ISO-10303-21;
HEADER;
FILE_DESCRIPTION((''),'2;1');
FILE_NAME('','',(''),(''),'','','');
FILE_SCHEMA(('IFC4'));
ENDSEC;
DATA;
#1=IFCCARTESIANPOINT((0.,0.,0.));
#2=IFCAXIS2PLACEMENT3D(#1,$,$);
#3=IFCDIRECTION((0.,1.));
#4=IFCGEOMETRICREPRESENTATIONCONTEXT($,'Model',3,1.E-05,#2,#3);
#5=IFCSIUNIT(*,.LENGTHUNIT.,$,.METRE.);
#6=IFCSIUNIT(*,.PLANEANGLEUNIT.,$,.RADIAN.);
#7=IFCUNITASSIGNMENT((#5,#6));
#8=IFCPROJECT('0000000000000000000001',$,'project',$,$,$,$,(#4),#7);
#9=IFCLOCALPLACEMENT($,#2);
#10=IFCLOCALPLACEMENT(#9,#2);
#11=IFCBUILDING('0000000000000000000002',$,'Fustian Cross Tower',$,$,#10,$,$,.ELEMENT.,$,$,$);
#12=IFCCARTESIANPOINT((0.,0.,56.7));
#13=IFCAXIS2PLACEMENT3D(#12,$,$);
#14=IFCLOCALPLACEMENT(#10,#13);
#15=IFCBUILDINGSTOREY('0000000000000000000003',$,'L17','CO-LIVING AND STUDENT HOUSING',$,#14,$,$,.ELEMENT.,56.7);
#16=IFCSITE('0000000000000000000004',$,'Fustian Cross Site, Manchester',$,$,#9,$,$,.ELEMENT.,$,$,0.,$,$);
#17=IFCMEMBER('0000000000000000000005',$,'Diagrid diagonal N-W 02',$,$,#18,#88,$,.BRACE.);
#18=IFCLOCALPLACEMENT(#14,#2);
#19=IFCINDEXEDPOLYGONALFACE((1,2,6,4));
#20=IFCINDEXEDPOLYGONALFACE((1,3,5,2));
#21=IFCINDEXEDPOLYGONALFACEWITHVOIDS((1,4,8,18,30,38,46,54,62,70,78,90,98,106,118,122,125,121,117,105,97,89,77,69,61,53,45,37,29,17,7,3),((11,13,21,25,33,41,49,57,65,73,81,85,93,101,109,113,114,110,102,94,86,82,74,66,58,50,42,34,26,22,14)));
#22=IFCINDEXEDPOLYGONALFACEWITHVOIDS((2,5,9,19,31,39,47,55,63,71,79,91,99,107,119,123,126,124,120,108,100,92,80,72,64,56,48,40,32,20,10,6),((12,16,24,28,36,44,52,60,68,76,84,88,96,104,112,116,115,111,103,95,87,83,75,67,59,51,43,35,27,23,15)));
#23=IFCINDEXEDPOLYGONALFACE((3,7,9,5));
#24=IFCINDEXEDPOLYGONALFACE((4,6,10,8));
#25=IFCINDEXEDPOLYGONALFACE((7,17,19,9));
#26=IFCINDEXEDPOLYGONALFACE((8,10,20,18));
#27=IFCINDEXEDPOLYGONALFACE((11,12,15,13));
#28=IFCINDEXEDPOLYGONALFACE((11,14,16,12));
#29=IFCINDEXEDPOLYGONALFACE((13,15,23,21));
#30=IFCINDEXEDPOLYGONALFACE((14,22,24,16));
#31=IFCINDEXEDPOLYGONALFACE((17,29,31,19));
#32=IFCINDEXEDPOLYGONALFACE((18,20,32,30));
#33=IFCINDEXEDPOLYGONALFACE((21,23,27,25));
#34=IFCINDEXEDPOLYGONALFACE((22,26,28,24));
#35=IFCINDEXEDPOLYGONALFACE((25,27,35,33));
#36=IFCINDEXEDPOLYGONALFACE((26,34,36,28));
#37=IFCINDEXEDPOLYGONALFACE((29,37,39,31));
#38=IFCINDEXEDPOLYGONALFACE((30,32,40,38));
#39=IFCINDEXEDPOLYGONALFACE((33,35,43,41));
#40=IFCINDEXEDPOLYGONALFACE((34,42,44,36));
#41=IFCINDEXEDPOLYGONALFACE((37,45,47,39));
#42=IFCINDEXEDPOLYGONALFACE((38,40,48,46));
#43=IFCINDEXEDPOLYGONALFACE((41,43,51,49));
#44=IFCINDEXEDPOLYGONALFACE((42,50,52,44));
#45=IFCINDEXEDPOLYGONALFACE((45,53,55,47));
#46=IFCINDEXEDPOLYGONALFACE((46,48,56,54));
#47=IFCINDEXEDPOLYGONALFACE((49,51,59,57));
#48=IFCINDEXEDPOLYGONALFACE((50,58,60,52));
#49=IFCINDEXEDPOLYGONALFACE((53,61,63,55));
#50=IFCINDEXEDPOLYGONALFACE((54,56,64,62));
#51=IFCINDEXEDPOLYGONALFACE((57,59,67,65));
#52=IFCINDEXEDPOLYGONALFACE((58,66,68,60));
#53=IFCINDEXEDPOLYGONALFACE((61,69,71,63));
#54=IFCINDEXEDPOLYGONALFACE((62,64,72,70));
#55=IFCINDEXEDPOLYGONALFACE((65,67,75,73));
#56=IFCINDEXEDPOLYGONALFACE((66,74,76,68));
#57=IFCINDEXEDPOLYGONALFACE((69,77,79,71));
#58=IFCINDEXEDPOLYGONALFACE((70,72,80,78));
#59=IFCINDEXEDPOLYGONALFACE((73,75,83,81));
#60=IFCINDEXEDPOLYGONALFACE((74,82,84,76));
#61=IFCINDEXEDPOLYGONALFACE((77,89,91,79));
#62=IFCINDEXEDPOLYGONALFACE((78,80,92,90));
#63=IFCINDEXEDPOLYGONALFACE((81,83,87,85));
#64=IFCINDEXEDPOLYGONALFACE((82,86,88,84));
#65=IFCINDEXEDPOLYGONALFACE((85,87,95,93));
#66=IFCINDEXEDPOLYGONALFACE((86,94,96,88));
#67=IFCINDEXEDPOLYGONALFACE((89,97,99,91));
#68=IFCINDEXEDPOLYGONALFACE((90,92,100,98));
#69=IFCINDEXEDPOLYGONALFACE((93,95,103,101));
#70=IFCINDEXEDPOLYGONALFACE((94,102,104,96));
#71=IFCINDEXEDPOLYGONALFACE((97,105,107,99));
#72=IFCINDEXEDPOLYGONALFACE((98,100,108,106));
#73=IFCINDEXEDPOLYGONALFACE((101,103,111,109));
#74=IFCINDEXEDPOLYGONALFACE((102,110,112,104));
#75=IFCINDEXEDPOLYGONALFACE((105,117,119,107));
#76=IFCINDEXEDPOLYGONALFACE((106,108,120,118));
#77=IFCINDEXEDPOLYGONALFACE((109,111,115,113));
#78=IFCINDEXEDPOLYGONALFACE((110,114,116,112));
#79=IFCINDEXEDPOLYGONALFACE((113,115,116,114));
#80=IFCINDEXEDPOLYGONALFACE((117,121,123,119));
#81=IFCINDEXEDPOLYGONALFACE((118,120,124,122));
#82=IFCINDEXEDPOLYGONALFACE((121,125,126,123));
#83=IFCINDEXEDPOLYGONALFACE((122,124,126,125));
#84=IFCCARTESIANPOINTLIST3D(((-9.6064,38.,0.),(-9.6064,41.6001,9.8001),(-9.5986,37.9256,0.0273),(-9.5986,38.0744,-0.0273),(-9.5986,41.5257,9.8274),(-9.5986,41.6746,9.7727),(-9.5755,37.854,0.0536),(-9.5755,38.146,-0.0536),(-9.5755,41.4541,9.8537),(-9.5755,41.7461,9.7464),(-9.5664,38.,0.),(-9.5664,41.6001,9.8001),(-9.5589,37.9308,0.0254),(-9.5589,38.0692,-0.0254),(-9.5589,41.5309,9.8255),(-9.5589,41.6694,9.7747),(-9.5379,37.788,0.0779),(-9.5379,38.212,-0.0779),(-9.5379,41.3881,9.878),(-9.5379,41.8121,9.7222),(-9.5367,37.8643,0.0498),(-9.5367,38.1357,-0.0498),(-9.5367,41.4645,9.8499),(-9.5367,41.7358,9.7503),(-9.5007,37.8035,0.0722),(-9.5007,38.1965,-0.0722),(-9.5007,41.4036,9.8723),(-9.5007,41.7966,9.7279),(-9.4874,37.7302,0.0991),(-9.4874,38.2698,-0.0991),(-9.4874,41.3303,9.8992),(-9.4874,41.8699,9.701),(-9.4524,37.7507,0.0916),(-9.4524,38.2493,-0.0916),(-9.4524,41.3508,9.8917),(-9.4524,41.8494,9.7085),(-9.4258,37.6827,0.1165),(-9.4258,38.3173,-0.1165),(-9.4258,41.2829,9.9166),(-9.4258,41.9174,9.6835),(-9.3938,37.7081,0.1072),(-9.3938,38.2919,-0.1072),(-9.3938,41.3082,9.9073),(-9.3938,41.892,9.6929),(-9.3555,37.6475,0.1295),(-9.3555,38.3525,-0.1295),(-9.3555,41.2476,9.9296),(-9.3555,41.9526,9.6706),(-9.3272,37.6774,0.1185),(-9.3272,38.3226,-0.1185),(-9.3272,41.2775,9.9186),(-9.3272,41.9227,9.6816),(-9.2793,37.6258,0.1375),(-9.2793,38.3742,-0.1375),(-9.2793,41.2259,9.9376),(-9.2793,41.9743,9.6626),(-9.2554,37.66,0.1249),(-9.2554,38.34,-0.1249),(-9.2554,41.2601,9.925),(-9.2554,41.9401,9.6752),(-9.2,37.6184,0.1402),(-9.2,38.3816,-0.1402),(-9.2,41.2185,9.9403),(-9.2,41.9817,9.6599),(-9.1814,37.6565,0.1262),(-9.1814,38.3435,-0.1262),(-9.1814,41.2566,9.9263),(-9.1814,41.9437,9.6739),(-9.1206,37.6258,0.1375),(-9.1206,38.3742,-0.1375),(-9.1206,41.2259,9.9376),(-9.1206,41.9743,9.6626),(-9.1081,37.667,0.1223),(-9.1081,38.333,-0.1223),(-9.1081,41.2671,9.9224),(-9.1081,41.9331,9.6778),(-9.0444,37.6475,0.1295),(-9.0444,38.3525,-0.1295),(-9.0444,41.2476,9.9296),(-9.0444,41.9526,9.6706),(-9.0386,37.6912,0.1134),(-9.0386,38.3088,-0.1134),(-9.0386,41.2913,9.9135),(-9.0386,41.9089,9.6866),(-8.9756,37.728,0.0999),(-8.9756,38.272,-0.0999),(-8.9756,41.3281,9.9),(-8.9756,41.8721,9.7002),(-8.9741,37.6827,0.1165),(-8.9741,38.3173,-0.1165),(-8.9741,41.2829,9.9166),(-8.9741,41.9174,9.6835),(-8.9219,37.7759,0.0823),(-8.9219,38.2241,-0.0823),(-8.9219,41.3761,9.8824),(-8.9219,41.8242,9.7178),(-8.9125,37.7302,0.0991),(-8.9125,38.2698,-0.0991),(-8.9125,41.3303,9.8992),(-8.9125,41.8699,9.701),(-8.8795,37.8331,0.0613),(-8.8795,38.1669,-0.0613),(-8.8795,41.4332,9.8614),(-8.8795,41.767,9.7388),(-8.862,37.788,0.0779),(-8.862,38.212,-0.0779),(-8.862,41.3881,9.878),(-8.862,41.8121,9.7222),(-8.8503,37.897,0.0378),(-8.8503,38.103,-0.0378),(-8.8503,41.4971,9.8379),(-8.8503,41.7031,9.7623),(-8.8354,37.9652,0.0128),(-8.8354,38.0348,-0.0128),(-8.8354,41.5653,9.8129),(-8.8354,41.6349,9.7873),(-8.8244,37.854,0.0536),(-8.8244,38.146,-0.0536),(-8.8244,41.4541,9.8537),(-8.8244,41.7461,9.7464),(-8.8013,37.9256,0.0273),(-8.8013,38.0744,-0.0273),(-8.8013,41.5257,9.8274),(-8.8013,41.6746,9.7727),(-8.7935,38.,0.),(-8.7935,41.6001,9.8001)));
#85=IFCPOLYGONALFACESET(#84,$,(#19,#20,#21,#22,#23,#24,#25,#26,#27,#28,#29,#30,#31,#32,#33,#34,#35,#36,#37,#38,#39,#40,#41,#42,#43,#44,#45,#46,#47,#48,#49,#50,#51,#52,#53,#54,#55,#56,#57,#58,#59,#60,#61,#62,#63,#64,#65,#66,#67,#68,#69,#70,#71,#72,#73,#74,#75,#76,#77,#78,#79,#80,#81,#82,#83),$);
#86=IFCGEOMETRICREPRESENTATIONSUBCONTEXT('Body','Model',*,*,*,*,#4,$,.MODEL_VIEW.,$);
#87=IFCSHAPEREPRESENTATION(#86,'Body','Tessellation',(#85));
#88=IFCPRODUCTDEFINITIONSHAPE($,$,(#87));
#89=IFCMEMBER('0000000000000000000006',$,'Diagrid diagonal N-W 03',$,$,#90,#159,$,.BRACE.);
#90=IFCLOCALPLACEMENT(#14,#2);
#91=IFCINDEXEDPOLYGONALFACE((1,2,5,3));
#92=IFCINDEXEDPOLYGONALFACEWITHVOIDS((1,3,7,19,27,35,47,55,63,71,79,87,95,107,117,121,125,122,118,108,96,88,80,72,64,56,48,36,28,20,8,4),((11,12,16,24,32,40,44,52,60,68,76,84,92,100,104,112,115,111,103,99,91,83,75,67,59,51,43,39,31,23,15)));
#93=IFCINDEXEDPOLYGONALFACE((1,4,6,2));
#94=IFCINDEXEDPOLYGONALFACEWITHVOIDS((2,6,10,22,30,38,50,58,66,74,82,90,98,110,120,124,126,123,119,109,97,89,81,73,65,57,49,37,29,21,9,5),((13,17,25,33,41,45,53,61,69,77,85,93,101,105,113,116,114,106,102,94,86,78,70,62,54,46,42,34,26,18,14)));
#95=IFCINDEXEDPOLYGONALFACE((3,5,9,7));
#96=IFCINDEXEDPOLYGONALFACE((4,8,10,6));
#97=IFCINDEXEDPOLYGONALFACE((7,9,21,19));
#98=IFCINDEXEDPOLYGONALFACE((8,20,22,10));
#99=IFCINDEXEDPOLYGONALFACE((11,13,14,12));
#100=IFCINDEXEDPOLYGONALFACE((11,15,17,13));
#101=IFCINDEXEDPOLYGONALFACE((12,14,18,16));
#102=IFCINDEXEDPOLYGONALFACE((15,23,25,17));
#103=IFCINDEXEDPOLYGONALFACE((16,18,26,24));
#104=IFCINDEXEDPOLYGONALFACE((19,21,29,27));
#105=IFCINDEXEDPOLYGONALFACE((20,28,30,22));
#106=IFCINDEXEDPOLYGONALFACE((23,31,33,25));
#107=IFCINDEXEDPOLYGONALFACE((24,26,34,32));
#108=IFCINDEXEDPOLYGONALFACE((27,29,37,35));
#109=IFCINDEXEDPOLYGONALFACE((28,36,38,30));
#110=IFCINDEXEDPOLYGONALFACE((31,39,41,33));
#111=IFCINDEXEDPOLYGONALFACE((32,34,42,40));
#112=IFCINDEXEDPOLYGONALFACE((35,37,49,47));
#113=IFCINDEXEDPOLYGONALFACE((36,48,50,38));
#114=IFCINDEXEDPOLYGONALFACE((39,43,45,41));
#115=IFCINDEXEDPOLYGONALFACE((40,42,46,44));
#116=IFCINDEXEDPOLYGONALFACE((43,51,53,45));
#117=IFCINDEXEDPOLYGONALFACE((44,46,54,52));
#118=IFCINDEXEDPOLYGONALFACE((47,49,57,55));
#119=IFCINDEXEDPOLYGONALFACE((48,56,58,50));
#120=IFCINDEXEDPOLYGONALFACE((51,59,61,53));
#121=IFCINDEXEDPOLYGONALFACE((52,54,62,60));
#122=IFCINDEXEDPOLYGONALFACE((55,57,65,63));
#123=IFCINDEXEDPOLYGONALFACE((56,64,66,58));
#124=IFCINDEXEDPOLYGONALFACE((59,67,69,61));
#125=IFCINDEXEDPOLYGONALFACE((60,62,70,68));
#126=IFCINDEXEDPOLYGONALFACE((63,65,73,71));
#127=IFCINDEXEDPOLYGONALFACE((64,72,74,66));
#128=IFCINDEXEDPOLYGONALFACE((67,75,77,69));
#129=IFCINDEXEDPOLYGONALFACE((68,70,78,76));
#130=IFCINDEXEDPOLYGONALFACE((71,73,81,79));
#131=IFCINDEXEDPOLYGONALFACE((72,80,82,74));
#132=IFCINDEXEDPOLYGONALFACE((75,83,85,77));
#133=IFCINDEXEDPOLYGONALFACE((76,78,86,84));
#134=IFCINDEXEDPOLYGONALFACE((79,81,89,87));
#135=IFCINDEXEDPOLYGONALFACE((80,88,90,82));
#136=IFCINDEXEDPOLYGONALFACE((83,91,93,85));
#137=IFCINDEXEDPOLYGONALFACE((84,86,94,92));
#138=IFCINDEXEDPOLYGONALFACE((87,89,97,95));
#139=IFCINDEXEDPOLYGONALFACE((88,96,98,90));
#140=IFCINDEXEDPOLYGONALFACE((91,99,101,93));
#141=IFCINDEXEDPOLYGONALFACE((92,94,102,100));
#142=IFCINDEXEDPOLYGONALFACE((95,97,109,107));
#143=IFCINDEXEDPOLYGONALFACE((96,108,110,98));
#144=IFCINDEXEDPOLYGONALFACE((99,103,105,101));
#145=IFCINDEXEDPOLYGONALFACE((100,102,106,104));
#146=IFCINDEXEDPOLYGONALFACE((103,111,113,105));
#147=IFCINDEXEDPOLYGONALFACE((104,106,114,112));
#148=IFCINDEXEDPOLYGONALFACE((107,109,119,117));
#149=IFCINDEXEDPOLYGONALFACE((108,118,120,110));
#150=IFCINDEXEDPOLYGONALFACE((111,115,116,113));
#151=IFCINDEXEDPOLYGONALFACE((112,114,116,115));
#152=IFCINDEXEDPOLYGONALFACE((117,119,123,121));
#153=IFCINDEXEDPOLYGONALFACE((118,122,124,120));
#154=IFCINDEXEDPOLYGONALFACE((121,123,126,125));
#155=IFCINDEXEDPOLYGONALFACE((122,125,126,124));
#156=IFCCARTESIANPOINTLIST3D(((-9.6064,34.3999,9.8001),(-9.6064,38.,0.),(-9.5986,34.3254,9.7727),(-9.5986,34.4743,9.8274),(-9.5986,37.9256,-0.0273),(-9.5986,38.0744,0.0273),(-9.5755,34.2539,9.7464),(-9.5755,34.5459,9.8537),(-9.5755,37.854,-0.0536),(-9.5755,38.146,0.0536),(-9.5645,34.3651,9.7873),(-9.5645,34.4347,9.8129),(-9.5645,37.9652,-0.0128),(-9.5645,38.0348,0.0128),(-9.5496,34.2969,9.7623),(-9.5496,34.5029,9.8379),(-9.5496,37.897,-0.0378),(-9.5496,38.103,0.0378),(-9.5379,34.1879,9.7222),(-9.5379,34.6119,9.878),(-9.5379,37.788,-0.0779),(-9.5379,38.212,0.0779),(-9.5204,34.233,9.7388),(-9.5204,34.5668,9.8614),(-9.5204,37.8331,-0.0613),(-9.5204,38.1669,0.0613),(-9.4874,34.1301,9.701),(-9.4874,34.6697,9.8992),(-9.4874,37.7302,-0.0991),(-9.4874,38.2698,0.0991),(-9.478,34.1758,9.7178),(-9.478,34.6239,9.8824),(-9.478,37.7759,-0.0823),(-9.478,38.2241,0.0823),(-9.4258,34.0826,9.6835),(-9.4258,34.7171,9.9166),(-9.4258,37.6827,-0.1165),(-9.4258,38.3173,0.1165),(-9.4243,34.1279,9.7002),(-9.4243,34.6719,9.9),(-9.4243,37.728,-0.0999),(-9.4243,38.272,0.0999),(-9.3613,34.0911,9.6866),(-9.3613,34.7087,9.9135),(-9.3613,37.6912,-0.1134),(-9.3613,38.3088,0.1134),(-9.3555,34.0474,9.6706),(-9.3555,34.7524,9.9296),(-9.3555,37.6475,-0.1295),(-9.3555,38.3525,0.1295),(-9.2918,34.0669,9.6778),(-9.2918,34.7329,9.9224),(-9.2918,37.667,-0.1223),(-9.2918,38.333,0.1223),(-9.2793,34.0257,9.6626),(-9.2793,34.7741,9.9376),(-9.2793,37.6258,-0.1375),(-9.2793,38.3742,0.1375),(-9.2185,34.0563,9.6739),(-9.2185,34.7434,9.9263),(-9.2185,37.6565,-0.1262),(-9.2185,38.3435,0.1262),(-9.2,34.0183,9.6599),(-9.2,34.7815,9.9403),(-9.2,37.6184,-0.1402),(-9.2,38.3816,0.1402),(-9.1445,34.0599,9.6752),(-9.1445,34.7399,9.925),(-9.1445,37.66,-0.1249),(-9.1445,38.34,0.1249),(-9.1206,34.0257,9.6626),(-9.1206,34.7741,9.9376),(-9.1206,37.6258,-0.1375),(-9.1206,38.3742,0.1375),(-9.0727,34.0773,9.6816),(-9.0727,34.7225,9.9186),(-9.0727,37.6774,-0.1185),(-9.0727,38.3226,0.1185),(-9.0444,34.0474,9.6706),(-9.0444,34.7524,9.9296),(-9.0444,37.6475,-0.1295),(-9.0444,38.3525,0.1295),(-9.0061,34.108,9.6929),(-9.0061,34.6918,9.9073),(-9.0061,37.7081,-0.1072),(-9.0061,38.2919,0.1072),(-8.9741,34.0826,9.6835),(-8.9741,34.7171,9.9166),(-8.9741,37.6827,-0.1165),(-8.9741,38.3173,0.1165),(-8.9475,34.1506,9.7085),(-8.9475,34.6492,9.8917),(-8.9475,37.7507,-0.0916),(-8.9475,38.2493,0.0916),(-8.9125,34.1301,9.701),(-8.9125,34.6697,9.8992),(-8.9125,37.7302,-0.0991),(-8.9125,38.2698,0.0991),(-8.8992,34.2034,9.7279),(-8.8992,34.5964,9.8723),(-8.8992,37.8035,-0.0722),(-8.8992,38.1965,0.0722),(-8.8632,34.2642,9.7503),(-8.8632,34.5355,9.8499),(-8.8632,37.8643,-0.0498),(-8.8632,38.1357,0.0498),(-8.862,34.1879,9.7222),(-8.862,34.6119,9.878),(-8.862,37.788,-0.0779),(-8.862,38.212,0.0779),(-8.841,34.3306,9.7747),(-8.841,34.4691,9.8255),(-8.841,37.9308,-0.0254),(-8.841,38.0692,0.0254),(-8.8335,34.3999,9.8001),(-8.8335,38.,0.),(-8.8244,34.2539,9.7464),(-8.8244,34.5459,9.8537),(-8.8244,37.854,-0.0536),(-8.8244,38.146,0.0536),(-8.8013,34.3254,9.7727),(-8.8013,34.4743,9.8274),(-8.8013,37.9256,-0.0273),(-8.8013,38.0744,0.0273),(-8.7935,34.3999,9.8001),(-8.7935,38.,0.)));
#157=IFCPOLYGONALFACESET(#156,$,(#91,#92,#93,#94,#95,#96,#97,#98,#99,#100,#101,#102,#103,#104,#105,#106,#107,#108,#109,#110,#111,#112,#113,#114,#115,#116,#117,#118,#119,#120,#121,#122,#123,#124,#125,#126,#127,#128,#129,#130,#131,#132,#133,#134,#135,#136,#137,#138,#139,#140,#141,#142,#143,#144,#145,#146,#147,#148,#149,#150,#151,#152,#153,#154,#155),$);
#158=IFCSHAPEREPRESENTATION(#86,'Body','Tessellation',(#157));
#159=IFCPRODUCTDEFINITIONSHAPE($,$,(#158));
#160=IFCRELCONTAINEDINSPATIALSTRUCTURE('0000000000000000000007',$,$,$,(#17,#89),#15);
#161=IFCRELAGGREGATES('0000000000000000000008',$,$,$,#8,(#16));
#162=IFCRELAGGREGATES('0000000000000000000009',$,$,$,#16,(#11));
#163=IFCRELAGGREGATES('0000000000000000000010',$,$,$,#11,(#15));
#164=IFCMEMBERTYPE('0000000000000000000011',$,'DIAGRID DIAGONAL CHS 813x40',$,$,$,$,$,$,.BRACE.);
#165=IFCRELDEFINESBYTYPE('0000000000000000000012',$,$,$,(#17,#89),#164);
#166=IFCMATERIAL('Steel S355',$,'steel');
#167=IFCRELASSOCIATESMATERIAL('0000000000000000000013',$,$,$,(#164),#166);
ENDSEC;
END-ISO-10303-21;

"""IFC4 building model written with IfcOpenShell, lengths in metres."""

from ifc_helpers import new_model, si_unit, direction, frame, origin, origin_2d, place, context, subcontext, project, spatial, hollow_circle, extrude, material, material_profile, profile_set, type_object, element, save


model = new_model("IFC4")

# Units and contexts
model_context = context("Model", 3, precision=1e-05, world=origin(), true_north=direction((0.0, 1.0)))
body_context = subcontext(model_context, "Body", "Model", "MODEL_VIEW")
ifc_project = project(units=[si_unit("LENGTHUNIT", "METRE"), si_unit("PLANEANGLEUNIT", "RADIAN")], contexts=[model_context])

# Site, building, storey
site_placement = place(None, origin())
site = spatial("IfcSite", under=ifc_project, at=site_placement, Name="Fustian Cross Site, Manchester", CompositionType="ELEMENT", RefElevation=0.0)
building_placement = place(site_placement, origin())
building = spatial("IfcBuilding", under=site, at=building_placement, Name="Fustian Cross Tower", CompositionType="ELEMENT")
storey_placement = place(building_placement, frame((0.0, 0.0, 56.7)))
storey = spatial("IfcBuildingStorey", under=building, at=storey_placement, Name="L17", Description="CO-LIVING AND STUDENT HOUSING", CompositionType="ELEMENT", Elevation=56.7)

# Members
ifc_material_1 = material(Name="Steel S355", Category="steel")
ifc_material_profile_1 = material_profile(ifc_material_1, hollow_circle(Radius=0.4065, WallThickness=0.04, at=origin_2d()), Name="CHS 813x40")
ifc_profile_set_1 = profile_set([ifc_material_profile_1], Name="Steel S355")
member_type_1 = type_object("IfcMemberType", Name="DIAGRID DIAGONAL CHS 813x40", PredefinedType="BRACE", material=ifc_profile_set_1)
for number, where, z_axis, x_axis, name in (
    (1, (-9.2, 38.0, 0.0), (0.0, 0.344824, 0.938667), (-1.0, 0.0, 0.0), "Diagrid diagonal N-W 02"),
    (2, (-9.2, 38.0, 0.0), (0.0, -0.344824, 0.938667), (1.0, 0.0, 0.0), "Diagrid diagonal N-W 03"),
):
    element("IfcMember", number, at=place(storey_placement, frame(where, z_axis=z_axis, x_axis=x_axis)), inside=storey, type_object=member_type_1, Name=name, PredefinedType="BRACE", context=body_context, shape_type="SweptSolid", body=[
        extrude(hollow_circle(Radius=0.4065, WallThickness=0.04, at=origin_2d()), origin(), (0.0, 0.0, 1.0), 10.4404),
    ])

save(model, "model.ifc")
